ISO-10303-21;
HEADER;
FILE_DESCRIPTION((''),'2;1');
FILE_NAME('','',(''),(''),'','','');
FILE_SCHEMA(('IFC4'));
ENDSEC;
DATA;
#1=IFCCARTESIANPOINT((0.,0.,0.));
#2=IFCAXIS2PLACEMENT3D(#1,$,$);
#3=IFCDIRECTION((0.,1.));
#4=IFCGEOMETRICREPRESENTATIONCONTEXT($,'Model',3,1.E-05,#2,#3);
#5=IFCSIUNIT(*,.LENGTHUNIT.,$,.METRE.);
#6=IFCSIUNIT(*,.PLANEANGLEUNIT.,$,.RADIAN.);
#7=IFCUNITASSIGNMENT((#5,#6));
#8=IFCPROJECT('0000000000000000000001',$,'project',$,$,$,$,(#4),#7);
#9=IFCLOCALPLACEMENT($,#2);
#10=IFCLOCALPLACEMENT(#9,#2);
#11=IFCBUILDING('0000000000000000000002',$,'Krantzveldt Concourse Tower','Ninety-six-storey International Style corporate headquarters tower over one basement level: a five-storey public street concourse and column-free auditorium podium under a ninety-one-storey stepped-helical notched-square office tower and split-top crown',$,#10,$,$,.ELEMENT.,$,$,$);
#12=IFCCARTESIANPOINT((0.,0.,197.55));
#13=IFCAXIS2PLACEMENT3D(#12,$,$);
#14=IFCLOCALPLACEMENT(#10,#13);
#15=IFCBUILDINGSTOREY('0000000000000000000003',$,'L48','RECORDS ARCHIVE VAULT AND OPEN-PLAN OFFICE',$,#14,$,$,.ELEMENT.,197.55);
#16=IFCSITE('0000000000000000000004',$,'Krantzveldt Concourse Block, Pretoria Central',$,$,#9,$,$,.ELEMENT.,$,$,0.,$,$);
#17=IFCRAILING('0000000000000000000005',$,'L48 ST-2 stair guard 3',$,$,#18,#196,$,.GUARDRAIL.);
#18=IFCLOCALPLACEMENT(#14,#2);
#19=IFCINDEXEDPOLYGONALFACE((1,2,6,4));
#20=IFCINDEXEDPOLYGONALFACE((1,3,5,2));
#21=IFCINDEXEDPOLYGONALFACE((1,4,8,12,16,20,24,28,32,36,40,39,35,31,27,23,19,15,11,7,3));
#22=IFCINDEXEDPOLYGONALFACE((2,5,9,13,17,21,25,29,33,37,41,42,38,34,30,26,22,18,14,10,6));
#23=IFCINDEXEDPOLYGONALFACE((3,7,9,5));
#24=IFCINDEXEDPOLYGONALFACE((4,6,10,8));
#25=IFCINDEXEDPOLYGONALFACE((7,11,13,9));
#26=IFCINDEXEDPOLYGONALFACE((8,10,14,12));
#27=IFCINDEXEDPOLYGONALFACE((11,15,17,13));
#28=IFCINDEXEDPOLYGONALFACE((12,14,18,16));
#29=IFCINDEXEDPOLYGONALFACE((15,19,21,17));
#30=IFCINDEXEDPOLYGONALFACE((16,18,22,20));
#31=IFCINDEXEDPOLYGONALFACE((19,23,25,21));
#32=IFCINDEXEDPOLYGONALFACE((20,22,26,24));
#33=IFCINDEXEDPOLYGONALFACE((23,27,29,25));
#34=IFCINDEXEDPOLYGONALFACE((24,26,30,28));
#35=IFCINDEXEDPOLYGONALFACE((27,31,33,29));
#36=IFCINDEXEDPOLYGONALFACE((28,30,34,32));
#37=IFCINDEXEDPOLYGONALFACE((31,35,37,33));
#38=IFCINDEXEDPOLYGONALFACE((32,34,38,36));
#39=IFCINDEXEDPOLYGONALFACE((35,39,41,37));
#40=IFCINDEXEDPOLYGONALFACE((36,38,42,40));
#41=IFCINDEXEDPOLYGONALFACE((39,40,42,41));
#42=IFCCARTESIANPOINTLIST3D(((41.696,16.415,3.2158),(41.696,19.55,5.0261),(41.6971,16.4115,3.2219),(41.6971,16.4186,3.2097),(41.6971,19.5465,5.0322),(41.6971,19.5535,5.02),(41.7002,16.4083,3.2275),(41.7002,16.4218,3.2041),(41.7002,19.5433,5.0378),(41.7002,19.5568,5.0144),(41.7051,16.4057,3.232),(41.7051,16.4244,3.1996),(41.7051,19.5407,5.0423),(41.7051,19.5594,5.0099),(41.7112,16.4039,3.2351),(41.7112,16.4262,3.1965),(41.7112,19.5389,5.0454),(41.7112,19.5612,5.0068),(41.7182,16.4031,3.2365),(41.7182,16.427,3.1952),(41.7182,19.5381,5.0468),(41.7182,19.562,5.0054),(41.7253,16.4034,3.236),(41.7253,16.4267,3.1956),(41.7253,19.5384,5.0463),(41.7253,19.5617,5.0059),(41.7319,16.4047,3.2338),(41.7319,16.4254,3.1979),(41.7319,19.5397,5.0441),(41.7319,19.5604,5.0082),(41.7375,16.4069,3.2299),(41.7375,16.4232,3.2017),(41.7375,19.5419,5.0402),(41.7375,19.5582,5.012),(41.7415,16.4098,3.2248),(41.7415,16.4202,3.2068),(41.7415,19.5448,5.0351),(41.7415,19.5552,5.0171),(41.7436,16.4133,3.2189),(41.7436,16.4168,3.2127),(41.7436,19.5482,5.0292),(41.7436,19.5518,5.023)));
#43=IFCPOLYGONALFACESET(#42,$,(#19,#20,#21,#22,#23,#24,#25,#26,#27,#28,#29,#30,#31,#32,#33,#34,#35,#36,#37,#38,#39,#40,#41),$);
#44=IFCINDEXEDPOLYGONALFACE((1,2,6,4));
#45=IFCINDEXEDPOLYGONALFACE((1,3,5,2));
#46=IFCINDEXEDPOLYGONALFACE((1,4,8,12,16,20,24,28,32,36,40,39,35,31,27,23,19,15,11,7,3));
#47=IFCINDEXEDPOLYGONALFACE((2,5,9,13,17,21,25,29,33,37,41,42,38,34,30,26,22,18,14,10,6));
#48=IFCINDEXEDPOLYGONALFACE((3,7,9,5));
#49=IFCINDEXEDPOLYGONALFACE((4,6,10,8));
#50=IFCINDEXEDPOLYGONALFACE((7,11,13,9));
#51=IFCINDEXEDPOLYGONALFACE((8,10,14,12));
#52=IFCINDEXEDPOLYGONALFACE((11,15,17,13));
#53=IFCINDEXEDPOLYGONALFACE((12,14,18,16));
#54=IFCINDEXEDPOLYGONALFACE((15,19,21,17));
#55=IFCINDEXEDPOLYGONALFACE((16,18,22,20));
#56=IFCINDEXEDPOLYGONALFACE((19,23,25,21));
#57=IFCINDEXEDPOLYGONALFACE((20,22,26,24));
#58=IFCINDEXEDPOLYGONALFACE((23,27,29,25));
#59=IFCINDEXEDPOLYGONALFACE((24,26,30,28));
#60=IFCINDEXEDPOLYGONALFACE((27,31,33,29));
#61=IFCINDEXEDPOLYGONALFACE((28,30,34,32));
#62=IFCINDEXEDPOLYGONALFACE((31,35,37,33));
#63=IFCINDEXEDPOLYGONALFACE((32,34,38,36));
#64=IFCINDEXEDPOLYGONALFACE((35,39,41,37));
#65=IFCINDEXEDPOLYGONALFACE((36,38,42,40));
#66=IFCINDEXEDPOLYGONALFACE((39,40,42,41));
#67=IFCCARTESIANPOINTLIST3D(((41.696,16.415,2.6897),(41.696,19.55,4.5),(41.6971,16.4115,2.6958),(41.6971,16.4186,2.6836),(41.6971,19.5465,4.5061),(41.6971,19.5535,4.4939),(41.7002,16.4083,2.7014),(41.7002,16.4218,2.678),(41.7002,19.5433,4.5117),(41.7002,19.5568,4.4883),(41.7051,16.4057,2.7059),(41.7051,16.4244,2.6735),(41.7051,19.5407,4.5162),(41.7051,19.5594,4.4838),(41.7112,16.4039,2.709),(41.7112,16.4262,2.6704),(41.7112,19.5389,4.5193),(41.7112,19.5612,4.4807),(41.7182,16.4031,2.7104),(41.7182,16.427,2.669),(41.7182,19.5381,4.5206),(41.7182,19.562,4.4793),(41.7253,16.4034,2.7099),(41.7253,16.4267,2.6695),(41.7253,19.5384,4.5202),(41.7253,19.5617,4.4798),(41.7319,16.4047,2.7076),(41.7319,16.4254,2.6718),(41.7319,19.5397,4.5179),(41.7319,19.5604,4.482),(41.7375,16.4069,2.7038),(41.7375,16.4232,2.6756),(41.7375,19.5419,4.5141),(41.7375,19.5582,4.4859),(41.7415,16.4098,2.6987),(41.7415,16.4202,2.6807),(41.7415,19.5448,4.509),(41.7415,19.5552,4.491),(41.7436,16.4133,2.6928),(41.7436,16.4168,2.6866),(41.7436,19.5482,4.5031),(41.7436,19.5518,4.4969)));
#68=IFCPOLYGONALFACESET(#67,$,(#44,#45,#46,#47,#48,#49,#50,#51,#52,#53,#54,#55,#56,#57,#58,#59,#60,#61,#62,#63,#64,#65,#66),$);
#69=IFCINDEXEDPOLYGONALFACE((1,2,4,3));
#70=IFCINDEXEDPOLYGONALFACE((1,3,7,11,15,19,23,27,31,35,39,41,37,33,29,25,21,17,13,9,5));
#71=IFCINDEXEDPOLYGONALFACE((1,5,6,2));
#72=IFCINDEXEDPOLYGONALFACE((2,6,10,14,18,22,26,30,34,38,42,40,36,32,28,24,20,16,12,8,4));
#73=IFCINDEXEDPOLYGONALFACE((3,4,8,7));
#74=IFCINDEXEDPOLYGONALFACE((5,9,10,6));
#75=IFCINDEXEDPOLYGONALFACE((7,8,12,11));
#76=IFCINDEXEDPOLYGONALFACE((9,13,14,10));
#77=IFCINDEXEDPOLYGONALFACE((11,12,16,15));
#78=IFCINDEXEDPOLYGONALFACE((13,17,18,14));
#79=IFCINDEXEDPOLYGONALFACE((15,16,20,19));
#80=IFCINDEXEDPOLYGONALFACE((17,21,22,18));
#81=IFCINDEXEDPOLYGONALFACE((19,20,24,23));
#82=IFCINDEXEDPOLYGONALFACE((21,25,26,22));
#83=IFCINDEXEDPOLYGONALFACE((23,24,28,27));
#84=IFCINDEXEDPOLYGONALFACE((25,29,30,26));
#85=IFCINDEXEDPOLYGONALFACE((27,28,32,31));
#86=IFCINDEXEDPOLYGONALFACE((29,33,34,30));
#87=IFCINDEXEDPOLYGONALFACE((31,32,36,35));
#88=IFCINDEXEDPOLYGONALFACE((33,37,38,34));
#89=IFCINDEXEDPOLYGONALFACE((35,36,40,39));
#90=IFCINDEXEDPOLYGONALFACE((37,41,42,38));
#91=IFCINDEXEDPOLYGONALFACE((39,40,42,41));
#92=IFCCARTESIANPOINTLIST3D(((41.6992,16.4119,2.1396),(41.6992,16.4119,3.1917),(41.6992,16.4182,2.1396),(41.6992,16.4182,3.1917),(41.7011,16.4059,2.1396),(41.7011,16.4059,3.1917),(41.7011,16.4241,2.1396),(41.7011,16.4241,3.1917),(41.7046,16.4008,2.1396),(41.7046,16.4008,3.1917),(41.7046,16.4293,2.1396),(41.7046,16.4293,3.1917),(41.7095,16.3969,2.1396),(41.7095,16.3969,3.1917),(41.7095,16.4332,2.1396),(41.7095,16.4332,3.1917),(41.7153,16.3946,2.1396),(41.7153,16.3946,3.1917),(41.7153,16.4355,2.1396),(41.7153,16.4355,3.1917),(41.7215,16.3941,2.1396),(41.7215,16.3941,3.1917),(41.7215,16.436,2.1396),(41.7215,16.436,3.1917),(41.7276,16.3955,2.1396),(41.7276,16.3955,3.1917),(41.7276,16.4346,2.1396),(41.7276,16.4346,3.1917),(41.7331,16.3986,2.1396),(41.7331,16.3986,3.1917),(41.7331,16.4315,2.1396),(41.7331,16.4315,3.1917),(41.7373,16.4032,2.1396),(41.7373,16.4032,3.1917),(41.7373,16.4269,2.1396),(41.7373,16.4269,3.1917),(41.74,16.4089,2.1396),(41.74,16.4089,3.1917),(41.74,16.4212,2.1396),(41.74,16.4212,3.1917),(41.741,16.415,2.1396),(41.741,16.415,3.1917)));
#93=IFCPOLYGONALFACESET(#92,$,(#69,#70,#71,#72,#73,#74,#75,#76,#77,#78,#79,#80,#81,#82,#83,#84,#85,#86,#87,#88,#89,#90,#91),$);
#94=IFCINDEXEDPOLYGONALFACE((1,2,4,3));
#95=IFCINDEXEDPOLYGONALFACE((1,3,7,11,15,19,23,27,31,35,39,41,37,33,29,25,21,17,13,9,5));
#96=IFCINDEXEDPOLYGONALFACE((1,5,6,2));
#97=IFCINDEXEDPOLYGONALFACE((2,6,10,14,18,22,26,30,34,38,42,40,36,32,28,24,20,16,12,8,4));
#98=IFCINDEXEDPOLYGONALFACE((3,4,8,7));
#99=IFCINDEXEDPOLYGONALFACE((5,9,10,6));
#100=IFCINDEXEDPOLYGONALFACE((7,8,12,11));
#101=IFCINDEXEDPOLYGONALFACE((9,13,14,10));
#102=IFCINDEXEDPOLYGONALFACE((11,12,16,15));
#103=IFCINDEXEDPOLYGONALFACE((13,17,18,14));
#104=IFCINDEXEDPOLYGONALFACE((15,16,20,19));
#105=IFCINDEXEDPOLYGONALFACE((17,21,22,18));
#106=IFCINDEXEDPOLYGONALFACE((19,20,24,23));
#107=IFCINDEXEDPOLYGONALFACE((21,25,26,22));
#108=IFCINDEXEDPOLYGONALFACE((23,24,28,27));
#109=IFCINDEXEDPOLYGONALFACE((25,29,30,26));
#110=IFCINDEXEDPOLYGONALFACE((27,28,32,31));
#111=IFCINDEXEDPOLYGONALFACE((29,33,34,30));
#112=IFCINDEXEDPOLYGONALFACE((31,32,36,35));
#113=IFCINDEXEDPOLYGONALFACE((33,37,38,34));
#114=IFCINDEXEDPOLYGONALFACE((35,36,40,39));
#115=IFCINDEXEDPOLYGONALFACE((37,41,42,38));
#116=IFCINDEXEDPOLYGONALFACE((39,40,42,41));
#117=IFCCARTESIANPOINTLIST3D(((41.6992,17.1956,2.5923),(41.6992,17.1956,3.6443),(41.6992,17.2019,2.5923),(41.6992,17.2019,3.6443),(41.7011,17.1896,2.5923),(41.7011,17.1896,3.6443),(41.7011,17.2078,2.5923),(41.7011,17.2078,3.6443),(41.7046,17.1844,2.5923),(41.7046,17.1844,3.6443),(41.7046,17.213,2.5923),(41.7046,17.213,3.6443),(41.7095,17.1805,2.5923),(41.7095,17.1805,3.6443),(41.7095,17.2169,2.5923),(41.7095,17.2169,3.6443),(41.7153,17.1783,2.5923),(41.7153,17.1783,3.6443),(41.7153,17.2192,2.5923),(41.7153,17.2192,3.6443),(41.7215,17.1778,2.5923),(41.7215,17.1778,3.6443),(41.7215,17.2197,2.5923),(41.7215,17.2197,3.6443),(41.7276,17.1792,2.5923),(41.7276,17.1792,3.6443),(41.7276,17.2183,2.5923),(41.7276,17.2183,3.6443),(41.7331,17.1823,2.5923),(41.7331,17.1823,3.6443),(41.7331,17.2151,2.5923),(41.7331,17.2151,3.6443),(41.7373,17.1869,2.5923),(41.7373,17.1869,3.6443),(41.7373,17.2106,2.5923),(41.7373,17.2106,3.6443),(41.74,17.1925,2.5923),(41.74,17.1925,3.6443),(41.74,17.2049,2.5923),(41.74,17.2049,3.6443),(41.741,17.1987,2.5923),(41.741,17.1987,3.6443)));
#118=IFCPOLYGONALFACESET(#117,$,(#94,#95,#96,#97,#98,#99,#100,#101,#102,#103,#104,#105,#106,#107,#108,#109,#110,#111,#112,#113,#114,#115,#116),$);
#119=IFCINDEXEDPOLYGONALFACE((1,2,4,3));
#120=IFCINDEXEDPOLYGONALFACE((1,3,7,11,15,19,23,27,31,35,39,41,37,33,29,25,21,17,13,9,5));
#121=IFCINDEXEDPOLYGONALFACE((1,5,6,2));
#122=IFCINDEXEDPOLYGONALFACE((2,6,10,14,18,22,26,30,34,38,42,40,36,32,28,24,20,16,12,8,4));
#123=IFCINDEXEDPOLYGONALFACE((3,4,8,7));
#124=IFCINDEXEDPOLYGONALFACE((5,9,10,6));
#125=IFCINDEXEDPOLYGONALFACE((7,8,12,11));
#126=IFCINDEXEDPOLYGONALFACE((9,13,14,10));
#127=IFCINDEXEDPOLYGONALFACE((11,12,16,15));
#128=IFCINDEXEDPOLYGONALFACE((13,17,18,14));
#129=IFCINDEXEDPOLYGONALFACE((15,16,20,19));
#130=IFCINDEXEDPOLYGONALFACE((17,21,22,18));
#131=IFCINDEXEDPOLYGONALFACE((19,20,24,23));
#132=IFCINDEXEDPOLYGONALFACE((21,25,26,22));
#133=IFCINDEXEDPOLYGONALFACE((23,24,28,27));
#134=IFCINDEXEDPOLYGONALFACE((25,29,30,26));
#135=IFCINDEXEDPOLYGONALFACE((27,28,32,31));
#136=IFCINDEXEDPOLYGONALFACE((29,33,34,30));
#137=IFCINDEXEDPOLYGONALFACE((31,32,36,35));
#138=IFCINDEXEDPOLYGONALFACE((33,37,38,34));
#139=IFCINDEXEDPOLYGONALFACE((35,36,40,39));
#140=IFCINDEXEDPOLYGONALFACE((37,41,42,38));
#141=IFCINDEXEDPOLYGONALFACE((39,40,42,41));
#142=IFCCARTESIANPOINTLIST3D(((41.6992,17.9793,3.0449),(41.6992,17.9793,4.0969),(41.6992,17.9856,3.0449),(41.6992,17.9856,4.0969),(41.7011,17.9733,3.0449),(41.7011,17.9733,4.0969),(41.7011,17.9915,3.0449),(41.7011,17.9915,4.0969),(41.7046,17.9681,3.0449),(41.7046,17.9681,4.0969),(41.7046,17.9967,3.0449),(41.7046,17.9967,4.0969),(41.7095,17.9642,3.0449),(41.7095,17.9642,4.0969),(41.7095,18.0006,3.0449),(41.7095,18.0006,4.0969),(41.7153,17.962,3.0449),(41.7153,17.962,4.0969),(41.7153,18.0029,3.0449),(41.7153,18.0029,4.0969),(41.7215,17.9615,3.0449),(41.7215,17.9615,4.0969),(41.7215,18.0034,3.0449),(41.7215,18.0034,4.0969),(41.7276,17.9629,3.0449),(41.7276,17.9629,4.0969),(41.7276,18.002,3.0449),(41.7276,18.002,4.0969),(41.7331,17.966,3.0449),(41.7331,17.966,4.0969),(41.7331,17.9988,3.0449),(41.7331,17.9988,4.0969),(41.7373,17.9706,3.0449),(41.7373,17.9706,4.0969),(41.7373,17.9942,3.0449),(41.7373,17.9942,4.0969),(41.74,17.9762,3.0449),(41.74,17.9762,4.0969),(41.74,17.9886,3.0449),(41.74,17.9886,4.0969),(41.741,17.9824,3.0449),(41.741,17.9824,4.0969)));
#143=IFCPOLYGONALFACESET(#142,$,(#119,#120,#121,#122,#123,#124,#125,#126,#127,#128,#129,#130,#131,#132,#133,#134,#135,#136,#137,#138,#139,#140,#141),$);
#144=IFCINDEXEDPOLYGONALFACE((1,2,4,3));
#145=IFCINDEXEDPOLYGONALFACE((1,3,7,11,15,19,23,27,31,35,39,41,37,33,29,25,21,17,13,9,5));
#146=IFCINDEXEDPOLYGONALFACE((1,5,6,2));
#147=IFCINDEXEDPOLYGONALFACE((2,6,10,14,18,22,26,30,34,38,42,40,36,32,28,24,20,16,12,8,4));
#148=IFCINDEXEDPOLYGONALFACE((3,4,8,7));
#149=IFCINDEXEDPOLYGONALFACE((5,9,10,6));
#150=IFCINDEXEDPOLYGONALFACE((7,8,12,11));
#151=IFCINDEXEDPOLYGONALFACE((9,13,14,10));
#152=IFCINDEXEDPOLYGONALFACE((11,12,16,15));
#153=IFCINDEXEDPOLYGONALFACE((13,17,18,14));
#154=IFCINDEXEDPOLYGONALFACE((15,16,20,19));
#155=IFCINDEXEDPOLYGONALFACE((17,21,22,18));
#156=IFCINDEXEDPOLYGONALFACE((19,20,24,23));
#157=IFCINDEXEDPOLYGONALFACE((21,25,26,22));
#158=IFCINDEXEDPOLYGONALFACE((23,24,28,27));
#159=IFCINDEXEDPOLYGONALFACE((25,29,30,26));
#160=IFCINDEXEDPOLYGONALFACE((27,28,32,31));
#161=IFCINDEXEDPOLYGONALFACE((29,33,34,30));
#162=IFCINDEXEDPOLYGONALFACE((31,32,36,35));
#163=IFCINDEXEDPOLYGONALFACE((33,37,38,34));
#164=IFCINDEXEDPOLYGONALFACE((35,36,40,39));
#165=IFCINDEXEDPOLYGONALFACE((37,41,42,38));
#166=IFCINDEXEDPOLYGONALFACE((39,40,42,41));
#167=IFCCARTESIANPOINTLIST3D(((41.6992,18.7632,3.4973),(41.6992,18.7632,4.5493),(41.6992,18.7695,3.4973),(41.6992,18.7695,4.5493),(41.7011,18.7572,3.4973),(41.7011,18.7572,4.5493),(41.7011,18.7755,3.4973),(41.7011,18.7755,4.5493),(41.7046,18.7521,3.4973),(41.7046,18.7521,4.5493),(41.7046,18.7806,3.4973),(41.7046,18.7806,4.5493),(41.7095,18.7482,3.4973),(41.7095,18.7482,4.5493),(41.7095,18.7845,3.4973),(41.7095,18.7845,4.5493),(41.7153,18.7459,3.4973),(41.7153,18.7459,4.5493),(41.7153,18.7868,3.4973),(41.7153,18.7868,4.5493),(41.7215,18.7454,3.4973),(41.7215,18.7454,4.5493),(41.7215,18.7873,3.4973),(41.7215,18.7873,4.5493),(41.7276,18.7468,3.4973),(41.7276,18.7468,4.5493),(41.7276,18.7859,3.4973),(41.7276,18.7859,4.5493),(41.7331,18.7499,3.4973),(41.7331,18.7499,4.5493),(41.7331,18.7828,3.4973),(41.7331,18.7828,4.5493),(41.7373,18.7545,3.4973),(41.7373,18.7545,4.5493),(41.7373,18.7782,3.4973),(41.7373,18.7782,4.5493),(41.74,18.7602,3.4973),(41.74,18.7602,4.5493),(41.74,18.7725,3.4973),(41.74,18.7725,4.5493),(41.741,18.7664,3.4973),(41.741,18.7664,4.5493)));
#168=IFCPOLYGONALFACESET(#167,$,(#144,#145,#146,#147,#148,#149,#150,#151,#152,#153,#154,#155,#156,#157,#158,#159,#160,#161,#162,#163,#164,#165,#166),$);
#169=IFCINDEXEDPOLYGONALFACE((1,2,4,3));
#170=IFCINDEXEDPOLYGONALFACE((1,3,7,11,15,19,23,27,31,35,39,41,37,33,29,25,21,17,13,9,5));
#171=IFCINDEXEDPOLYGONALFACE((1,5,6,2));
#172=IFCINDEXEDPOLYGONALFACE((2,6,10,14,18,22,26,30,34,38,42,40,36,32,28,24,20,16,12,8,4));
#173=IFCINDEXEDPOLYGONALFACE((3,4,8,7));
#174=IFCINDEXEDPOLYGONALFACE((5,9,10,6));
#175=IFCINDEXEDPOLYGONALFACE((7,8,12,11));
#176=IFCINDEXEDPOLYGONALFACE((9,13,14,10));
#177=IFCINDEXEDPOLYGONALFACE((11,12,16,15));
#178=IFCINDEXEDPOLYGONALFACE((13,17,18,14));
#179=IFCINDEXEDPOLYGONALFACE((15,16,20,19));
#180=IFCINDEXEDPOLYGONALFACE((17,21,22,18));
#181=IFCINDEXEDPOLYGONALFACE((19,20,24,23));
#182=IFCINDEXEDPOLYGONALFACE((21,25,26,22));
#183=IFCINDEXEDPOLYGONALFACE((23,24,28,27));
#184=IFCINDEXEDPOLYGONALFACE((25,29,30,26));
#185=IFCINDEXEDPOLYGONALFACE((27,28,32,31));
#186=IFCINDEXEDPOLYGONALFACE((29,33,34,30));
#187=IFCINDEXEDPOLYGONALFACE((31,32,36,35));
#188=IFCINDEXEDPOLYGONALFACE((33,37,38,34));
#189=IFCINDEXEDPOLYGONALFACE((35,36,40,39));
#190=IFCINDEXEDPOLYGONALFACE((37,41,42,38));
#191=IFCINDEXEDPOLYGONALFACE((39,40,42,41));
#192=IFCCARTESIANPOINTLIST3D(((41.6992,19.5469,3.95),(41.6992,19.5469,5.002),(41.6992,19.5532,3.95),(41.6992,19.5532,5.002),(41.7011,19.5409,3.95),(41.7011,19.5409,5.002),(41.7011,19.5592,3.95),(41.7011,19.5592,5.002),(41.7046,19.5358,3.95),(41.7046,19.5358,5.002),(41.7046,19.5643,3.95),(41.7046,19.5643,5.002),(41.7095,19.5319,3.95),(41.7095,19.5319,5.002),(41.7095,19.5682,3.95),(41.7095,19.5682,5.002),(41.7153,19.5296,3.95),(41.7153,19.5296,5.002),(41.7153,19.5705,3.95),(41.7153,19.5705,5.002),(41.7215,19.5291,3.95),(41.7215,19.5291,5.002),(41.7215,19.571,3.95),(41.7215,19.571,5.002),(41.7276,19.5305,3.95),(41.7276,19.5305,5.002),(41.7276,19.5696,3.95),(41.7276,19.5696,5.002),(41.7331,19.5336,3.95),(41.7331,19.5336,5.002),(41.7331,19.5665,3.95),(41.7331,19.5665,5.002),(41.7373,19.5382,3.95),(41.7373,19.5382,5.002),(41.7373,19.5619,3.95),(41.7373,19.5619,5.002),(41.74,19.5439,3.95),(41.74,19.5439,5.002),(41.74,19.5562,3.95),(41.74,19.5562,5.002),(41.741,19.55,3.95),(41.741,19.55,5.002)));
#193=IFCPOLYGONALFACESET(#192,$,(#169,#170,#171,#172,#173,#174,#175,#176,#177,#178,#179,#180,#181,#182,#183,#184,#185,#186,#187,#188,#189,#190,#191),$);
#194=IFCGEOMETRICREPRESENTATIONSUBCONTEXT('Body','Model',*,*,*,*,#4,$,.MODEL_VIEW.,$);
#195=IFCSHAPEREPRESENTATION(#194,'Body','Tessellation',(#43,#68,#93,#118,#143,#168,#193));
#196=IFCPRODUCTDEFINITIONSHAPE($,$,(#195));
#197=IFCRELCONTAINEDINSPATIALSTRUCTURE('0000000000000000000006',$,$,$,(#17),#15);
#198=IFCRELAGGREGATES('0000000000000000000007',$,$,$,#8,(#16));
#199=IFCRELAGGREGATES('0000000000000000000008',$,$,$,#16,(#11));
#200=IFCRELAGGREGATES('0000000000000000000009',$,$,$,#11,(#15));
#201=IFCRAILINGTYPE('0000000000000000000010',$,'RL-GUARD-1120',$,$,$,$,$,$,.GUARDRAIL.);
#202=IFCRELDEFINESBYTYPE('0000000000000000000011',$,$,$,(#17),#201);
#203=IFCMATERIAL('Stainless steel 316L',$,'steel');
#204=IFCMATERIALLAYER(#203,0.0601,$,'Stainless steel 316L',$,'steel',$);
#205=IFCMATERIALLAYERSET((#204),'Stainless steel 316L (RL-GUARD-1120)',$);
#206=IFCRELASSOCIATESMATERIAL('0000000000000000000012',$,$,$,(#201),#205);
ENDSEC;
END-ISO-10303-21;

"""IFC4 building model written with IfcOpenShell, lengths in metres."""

from ifc_helpers import new_model, si_unit, direction, frame, origin, origin_2d, place, context, subcontext, project, spatial, circle, extrude, material, layer, layer_set, type_object, element, save


model = new_model("IFC4")

# Units and contexts
model_context = context("Model", 3, precision=1e-05, world=origin(), true_north=direction((0.0, 1.0)))
body_context = subcontext(model_context, "Body", "Model", "MODEL_VIEW")
ifc_project = project(units=[si_unit("LENGTHUNIT", "METRE"), si_unit("PLANEANGLEUNIT", "RADIAN")], contexts=[model_context])

# Site, building, storey
site_placement = place(None, origin())
site = spatial("IfcSite", under=ifc_project, at=site_placement, Name="Krantzveldt Concourse Block, Pretoria Central", CompositionType="ELEMENT", RefElevation=0.0)
building_placement = place(site_placement, origin())
building = spatial("IfcBuilding", under=site, at=building_placement, Name="Krantzveldt Concourse Tower", Description="Ninety-six-storey International Style corporate headquarters tower over one basement level: a five-storey public street concourse and column-free auditorium podium under a ninety-one-storey stepped-helical notched-square office tower and split-top crown", CompositionType="ELEMENT")
storey_placement = place(building_placement, frame((0.0, 0.0, 197.55)))
storey = spatial("IfcBuildingStorey", under=building, at=storey_placement, Name="L48", Description="RECORDS ARCHIVE VAULT AND OPEN-PLAN OFFICE", CompositionType="ELEMENT", Elevation=197.55)

# Shared definitions
ifc_material_1 = material(Name="Stainless steel 316L", Category="steel")

# Railing
ifc_layer_1 = layer(ifc_material_1, 0.0601, Name="Stainless steel 316L", Category="steel")
ifc_layer_set_1 = layer_set([ifc_layer_1], Name="Stainless steel 316L (RL-GUARD-1120)")
railing_type_1 = type_object("IfcRailingType", Name="RL-GUARD-1120", PredefinedType="GUARDRAIL", material=ifc_layer_set_1)
railing_1_placement = place(storey_placement, frame((41.72, 16.415, 2.1396)))
element("IfcRailing", 1, at=railing_1_placement, inside=storey, type_object=railing_type_1, Name="L48 ST-2 stair guard 3", PredefinedType="GUARDRAIL", context=body_context, shape_type="SweptSolid", body=[
    extrude(circle(Radius=0.0239, at=origin_2d()), frame((0.0, 0.0, 1.0762), z_axis=(0.0, 0.865989, 0.500063), x_axis=(-1.0, 0.0, 0.0)), (0.0, 0.0, 1.0), 3.6201),
    extrude(circle(Radius=0.0239, at=origin_2d()), frame((0.0, 0.0, 0.55), z_axis=(0.0, 0.865989, 0.500063), x_axis=(-1.0, 0.0, 0.0)), (0.0, 0.0, 1.0), 3.6201),
    extrude(circle(Radius=0.021, at=origin_2d()), origin(), (0.0, 0.0, 1.0), 1.052),
    extrude(circle(Radius=0.021, at=origin_2d()), frame((0.0, 0.7837, 0.4526)), (0.0, 0.0, 1.0), 1.052),
    extrude(circle(Radius=0.021, at=origin_2d()), frame((0.0, 1.5674, 0.9053)), (0.0, 0.0, 1.0), 1.052),
    extrude(circle(Radius=0.021, at=origin_2d()), frame((0.0, 2.3513, 1.3577)), (0.0, 0.0, 1.0), 1.052),
    extrude(circle(Radius=0.021, at=origin_2d()), frame((0.0, 3.135, 1.8103)), (0.0, 0.0, 1.0), 1.052),
])

save(model, "model.ifc")
